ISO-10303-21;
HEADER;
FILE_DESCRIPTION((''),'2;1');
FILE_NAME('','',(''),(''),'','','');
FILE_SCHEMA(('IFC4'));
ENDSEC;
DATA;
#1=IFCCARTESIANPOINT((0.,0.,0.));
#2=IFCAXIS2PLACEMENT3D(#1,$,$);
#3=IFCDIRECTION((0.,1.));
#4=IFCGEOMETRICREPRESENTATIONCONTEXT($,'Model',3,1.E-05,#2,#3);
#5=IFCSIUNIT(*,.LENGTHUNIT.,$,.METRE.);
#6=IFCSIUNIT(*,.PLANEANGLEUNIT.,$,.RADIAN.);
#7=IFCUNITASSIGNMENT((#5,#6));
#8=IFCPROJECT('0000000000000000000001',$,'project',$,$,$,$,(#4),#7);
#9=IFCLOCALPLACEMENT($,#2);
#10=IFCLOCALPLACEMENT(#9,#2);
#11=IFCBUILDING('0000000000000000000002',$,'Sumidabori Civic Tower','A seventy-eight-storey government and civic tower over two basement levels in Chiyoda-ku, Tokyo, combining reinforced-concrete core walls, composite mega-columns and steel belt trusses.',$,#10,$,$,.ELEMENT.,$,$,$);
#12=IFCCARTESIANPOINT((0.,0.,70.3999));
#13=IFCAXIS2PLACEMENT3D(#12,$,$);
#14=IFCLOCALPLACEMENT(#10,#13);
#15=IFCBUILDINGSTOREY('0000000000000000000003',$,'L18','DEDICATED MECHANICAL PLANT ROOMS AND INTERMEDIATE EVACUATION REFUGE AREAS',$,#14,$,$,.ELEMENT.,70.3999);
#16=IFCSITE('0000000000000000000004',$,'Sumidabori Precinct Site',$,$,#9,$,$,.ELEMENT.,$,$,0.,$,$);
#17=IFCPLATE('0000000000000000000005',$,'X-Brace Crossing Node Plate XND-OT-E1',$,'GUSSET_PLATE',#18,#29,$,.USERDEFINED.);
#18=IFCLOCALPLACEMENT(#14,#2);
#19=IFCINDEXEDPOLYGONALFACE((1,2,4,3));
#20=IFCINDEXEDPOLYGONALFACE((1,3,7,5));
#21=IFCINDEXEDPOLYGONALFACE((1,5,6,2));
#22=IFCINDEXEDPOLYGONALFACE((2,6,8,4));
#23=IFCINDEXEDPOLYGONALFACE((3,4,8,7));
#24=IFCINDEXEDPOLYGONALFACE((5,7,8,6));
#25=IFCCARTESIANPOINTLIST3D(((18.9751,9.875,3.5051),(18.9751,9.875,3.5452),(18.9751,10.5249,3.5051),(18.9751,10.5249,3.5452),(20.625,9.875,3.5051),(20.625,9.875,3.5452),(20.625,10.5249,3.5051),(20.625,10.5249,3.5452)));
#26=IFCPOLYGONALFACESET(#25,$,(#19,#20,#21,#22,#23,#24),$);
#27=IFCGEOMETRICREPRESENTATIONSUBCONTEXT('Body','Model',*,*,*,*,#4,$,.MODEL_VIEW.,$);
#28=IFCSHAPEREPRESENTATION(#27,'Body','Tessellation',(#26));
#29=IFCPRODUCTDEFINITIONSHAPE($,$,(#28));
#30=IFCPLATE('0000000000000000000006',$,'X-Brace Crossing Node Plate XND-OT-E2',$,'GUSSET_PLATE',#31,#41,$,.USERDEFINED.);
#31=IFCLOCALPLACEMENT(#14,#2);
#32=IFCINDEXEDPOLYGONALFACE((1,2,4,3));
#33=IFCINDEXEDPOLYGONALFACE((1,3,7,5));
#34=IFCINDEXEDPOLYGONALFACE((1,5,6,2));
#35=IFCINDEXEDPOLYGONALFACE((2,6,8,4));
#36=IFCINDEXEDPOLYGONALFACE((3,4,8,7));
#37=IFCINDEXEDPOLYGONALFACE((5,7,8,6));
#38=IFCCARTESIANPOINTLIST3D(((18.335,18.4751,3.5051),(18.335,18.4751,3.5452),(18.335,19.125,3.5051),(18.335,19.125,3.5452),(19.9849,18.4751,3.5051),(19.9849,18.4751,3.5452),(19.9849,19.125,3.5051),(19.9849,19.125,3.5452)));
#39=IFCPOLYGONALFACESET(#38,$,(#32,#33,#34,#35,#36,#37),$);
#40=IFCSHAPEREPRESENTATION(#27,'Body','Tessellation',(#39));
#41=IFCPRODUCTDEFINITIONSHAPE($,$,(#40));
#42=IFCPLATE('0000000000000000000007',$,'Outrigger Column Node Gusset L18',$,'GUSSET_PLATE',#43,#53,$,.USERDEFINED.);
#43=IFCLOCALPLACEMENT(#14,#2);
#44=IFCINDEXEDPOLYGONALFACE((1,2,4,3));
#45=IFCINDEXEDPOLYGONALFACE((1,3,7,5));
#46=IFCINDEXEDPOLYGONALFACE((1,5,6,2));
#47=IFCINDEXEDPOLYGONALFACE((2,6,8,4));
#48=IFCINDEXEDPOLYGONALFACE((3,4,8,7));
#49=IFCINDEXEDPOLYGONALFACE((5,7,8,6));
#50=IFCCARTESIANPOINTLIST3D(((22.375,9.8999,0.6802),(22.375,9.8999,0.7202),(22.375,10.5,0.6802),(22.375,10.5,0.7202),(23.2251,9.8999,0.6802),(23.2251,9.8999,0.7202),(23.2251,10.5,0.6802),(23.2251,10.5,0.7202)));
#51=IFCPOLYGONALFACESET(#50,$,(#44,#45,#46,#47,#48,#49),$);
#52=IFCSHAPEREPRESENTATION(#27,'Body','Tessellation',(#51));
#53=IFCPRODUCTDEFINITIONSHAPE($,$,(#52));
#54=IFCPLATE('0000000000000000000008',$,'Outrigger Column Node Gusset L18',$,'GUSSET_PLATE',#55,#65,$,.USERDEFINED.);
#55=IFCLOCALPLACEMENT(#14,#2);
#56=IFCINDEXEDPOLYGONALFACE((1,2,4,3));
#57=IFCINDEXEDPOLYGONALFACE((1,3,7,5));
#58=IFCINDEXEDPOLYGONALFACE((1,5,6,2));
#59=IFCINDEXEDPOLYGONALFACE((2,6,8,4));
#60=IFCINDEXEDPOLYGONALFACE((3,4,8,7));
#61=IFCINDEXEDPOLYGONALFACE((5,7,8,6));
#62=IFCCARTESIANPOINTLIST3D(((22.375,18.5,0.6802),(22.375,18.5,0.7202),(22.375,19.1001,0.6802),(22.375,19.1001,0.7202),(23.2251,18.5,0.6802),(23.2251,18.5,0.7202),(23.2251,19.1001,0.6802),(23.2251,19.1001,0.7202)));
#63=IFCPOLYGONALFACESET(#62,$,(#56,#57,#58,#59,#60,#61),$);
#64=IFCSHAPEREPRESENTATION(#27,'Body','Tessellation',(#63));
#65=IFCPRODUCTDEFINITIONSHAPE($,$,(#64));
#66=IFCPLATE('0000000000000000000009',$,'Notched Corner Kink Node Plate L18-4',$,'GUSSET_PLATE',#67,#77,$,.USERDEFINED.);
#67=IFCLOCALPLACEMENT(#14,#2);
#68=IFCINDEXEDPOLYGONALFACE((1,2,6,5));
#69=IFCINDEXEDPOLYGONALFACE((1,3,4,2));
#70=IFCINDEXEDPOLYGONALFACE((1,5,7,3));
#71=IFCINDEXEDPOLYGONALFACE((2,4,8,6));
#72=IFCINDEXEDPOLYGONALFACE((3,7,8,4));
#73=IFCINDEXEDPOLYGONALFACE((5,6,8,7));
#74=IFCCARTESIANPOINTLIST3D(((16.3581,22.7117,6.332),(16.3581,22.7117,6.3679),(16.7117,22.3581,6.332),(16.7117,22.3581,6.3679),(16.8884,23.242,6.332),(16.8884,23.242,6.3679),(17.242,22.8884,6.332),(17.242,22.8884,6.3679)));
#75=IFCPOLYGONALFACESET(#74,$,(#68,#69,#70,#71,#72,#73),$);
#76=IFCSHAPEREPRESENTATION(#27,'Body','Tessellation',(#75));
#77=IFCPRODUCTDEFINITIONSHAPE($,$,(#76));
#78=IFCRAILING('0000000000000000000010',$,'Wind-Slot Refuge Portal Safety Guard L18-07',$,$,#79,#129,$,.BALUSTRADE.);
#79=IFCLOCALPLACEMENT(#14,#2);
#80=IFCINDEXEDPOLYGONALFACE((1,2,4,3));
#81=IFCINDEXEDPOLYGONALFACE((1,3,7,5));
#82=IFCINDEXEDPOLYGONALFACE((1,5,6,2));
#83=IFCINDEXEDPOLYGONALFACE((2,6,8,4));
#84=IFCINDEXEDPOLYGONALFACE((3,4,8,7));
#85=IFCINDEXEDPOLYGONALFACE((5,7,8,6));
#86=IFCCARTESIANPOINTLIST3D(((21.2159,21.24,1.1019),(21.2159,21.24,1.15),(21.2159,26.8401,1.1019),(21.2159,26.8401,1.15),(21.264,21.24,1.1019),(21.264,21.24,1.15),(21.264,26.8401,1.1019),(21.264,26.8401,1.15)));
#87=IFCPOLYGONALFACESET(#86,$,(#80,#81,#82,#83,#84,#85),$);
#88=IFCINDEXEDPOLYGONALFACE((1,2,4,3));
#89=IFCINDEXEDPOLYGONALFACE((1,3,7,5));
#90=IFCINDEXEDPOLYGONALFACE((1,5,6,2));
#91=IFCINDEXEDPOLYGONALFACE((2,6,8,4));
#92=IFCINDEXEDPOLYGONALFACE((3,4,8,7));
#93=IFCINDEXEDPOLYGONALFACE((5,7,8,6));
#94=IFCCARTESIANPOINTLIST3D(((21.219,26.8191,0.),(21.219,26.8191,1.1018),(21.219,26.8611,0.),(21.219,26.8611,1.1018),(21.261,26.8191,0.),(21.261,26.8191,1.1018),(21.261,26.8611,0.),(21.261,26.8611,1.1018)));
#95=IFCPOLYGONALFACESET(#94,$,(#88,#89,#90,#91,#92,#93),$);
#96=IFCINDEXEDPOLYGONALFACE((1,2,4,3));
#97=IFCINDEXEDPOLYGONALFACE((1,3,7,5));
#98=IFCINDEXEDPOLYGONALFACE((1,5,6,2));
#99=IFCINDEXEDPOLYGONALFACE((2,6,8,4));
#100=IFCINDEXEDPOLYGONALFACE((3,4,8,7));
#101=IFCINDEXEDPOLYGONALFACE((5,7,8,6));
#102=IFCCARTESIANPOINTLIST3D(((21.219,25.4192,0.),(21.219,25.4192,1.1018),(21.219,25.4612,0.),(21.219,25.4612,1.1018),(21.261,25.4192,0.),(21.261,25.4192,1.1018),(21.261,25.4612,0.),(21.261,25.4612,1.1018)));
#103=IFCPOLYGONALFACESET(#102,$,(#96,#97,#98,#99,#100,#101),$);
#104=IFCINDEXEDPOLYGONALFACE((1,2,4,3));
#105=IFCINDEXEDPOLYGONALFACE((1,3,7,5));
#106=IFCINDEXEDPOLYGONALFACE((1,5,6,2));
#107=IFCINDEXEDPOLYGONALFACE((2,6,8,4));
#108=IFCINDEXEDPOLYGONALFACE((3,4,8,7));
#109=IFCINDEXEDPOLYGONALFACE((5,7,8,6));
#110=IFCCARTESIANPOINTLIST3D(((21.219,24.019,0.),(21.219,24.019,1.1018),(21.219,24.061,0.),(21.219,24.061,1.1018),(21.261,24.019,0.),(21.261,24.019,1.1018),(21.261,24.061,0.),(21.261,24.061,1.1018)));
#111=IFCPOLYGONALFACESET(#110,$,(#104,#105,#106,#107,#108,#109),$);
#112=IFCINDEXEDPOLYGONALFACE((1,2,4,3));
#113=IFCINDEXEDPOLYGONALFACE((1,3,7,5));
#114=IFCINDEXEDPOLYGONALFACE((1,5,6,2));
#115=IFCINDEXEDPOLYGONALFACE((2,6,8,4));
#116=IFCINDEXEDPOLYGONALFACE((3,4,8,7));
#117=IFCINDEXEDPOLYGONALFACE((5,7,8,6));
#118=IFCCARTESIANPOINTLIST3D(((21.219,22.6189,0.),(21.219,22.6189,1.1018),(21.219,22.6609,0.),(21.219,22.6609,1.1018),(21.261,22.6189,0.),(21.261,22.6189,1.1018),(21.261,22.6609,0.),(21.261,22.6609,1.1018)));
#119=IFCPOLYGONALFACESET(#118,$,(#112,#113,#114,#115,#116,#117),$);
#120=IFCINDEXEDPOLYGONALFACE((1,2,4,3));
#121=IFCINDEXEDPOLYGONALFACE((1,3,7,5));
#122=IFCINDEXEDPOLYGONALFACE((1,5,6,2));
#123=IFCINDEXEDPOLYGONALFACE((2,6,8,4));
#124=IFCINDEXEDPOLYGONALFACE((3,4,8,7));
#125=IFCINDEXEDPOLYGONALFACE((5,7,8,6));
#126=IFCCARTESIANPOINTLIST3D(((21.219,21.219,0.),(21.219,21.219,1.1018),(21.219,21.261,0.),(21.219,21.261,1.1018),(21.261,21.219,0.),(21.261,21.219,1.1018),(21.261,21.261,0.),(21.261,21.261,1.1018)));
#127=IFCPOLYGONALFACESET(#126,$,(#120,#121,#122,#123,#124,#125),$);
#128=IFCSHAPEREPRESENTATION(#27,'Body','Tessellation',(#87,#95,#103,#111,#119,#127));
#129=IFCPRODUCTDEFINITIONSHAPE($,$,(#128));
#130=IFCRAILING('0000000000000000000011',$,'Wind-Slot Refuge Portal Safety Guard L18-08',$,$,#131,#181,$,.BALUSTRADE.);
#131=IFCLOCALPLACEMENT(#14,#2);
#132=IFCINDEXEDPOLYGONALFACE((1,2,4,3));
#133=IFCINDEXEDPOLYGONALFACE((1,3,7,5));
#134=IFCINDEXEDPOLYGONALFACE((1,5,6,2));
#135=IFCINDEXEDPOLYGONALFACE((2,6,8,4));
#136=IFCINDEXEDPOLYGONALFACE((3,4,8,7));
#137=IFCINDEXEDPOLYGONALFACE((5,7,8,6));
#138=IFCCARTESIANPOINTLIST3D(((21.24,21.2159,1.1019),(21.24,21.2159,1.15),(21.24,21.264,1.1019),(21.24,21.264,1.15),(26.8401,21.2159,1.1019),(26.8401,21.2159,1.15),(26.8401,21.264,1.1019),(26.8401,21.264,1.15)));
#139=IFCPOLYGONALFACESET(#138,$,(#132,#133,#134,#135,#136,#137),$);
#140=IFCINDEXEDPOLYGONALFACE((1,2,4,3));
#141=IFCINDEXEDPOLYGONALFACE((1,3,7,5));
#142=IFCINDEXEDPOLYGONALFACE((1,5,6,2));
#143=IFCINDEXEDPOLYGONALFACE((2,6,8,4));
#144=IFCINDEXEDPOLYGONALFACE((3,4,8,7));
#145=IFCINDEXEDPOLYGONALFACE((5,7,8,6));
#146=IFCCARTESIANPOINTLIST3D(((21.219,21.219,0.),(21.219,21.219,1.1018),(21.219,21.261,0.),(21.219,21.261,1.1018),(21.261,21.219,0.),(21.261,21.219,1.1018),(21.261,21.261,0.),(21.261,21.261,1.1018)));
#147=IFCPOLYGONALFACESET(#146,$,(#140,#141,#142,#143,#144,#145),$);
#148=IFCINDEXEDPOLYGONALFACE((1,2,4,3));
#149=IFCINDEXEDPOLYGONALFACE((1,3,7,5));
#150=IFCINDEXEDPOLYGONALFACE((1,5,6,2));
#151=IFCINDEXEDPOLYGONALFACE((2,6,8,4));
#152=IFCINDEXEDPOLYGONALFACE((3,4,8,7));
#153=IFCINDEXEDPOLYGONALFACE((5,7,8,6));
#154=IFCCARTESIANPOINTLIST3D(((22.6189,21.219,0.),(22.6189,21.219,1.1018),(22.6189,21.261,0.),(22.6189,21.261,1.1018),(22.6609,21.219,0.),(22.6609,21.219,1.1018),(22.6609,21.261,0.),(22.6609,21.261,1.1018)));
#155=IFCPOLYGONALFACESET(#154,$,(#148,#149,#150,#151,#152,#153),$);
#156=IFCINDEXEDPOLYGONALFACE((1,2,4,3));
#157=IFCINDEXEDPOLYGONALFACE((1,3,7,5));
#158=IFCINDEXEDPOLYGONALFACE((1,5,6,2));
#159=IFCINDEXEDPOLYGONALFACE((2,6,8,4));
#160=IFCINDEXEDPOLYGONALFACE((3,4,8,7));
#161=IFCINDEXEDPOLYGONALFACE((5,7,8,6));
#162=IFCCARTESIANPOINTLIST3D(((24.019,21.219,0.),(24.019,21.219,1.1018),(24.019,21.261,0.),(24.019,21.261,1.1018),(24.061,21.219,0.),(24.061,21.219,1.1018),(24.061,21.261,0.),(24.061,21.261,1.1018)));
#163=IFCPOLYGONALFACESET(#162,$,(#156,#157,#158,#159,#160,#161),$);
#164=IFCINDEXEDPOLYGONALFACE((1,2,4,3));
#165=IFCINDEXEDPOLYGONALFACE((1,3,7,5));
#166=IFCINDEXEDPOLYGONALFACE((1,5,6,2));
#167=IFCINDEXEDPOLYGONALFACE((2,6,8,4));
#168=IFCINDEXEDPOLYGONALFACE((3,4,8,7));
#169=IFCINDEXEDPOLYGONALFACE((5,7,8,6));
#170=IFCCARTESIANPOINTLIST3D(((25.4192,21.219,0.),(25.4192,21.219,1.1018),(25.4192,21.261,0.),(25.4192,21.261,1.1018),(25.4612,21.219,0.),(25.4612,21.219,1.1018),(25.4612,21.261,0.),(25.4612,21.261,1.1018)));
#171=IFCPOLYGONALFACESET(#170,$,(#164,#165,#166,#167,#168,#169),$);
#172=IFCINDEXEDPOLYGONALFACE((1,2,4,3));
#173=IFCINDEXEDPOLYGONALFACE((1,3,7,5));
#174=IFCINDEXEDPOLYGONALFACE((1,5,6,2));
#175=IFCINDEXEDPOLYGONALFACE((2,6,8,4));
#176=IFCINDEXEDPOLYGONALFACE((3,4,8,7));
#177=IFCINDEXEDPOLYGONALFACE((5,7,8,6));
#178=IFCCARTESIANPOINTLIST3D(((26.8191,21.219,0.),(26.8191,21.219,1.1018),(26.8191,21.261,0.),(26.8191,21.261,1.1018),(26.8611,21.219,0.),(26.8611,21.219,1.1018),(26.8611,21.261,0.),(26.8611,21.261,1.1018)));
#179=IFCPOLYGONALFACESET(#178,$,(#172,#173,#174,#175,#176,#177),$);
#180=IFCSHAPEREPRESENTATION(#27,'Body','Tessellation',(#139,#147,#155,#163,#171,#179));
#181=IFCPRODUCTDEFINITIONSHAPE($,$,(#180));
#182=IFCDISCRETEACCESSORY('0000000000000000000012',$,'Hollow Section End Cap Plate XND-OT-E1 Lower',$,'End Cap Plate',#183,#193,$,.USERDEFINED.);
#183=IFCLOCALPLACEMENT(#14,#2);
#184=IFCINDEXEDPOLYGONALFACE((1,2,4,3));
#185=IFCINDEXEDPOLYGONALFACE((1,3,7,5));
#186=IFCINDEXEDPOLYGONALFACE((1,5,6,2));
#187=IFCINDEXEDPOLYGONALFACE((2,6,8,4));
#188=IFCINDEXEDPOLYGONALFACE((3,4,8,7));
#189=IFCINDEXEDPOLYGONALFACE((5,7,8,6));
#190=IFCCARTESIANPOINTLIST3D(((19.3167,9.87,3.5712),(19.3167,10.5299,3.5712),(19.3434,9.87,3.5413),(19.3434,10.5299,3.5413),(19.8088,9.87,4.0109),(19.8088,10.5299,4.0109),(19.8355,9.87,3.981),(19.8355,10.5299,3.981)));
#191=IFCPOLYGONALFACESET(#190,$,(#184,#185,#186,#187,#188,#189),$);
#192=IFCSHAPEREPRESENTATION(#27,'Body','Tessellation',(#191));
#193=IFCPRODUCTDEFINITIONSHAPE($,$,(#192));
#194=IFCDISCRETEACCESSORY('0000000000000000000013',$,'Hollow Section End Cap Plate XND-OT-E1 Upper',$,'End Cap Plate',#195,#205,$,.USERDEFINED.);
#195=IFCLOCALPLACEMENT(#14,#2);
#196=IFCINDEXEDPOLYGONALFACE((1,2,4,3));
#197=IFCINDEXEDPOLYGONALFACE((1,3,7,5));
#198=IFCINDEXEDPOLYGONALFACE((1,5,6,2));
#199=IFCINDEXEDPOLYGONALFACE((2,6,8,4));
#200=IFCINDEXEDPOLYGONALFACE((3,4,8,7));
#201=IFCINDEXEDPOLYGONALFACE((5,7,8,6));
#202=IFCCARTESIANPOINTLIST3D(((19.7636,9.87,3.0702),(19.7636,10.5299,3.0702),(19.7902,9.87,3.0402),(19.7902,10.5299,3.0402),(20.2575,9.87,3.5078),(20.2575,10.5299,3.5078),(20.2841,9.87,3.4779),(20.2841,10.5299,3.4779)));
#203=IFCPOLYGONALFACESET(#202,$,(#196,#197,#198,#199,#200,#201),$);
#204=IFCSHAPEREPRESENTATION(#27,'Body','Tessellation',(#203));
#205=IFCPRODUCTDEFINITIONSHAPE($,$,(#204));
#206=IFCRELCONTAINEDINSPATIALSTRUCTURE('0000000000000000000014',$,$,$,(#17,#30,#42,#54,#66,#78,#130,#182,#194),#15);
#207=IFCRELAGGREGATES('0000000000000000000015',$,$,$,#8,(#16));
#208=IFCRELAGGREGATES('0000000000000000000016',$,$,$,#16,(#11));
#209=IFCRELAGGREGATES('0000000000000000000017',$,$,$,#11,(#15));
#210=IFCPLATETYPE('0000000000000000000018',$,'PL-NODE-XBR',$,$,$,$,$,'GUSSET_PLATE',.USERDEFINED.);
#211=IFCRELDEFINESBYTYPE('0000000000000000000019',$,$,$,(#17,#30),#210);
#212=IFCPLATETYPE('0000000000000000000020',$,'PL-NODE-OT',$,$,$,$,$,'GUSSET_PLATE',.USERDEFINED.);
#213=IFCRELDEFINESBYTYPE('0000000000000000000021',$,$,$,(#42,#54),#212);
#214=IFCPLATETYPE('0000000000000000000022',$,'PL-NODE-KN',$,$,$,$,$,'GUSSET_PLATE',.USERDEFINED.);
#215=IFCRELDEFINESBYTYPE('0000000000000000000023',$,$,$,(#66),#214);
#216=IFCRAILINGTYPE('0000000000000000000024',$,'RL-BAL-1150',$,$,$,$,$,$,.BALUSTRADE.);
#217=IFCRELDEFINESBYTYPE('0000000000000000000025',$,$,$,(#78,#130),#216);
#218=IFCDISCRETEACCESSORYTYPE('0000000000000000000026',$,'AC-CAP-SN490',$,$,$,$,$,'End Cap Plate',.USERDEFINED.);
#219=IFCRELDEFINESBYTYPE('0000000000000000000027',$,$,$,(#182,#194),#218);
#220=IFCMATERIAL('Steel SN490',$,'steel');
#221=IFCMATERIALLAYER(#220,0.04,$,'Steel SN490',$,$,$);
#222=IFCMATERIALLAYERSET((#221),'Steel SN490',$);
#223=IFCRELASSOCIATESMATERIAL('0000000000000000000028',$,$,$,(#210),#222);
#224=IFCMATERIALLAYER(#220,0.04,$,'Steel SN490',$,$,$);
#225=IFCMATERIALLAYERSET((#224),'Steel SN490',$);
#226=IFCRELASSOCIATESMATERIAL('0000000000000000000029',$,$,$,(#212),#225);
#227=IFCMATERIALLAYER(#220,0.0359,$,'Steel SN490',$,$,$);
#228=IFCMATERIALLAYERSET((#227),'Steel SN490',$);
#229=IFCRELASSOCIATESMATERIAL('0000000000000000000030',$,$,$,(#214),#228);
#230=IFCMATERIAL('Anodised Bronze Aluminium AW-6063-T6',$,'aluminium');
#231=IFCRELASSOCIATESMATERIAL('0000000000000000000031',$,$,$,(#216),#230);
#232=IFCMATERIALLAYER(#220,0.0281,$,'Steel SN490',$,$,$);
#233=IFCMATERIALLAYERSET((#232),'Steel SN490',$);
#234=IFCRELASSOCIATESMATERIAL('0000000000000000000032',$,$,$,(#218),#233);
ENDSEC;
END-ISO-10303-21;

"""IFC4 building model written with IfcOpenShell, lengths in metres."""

from ifc_helpers import new_model, si_unit, direction, frame, origin, origin_2d, place, context, subcontext, project, spatial, rectangle, extrude, source, transform, mapped, material, layer, layer_set, type_object, element, save


model = new_model("IFC4")

# Units and contexts
model_context = context("Model", 3, precision=1e-05, world=origin(), true_north=direction((0.0, 1.0)))
body_context = subcontext(model_context, "Body", "Model", "MODEL_VIEW")
ifc_project = project(units=[si_unit("LENGTHUNIT", "METRE"), si_unit("PLANEANGLEUNIT", "RADIAN")], contexts=[model_context])

# Site, building, storey
site_placement = place(None, origin())
site = spatial("IfcSite", under=ifc_project, at=site_placement, Name="Sumidabori Precinct Site", CompositionType="ELEMENT", RefElevation=0.0)
building_placement = place(site_placement, origin())
building = spatial("IfcBuilding", under=site, at=building_placement, Name="Sumidabori Civic Tower", Description="A seventy-eight-storey government and civic tower over two basement levels in Chiyoda-ku, Tokyo, combining reinforced-concrete core walls, composite mega-columns and steel belt trusses.", CompositionType="ELEMENT")
storey_placement = place(building_placement, frame((0.0, 0.0, 70.3999)))
storey = spatial("IfcBuildingStorey", under=building, at=storey_placement, Name="L18", Description="DEDICATED MECHANICAL PLANT ROOMS AND INTERMEDIATE EVACUATION REFUGE AREAS", CompositionType="ELEMENT", Elevation=70.3999)

# Shared definitions
ifc_material_1 = material(Name="Steel SN490", Category="steel")

# Plates
ifc_layer_1 = layer(ifc_material_1, 0.04, Name="Steel SN490")
ifc_layer_set_1 = layer_set([ifc_layer_1], Name="Steel SN490")
plate_type_1 = type_object("IfcPlateType", Name="PL-NODE-XBR", ElementType="GUSSET_PLATE", PredefinedType="USERDEFINED", material=ifc_layer_set_1)
shared_shape_1 = source(origin(), body_context, "Body", "SweptSolid", [
    extrude(rectangle(XDim=1.6499, YDim=0.6499, at=origin_2d()), origin(), (0.0, 0.0, 1.0), 0.04),
])
for number, where, z_axis, x_axis, name in (
    (1, (19.8, 10.2, 3.5051), (0.0, 0.0, 1.0), (1.0, 0.0, 0.0), "X-Brace Crossing Node Plate XND-OT-E1"),
    (2, (19.1599, 18.8, 3.5051), (0.0, 0.0, 1.0), (1.0, 0.0, 0.0), "X-Brace Crossing Node Plate XND-OT-E2"),
):
    element("IfcPlate", number, at=place(storey_placement, frame(where, z_axis=z_axis, x_axis=x_axis)), inside=storey, type_object=plate_type_1, Name=name, ObjectType="GUSSET_PLATE", PredefinedType="USERDEFINED", context=body_context, shape_type="MappedRepresentation", body=[
        mapped(shared_shape_1, transform((0.0, 0.0, 0.0), x_axis=(1.0, 0.0, 0.0), y_axis=(0.0, 1.0, 0.0), z_axis=(0.0, 0.0, 1.0), scale=1.0)),
    ])
ifc_layer_2 = layer(ifc_material_1, 0.04, Name="Steel SN490")
ifc_layer_set_2 = layer_set([ifc_layer_2], Name="Steel SN490")
plate_type_2 = type_object("IfcPlateType", Name="PL-NODE-OT", ElementType="GUSSET_PLATE", PredefinedType="USERDEFINED", material=ifc_layer_set_2)
shared_shape_2 = source(origin(), body_context, "Body", "SweptSolid", [
    extrude(rectangle(XDim=0.8501, YDim=0.6001, at=origin_2d()), origin(), (0.0, 0.0, 1.0), 0.04),
])
for number, where, z_axis, x_axis, name in (
    (3, (22.8, 10.2, 0.6802), (0.0, 0.0, 1.0), (1.0, 0.0, 0.0), "Outrigger Column Node Gusset L18"),
    (4, (22.8, 18.8, 0.6802), (0.0, 0.0, 1.0), (1.0, 0.0, 0.0), "Outrigger Column Node Gusset L18"),
):
    element("IfcPlate", number, at=place(storey_placement, frame(where, z_axis=z_axis, x_axis=x_axis)), inside=storey, type_object=plate_type_2, Name=name, ObjectType="GUSSET_PLATE", PredefinedType="USERDEFINED", context=body_context, shape_type="MappedRepresentation", body=[
        mapped(shared_shape_2, transform((0.0, 0.0, 0.0), x_axis=(1.0, 0.0, 0.0), y_axis=(0.0, 1.0, 0.0), z_axis=(0.0, 0.0, 1.0), scale=1.0)),
    ])
ifc_layer_3 = layer(ifc_material_1, 0.0359, Name="Steel SN490")
ifc_layer_set_3 = layer_set([ifc_layer_3], Name="Steel SN490")
plate_type_3 = type_object("IfcPlateType", Name="PL-NODE-KN", ElementType="GUSSET_PLATE", PredefinedType="USERDEFINED", material=ifc_layer_set_3)
shared_shape_3 = source(origin(), body_context, "Body", "SweptSolid", [
    extrude(rectangle(XDim=0.75, YDim=0.5, at=origin_2d()), origin(), (0.0, 0.0, 1.0), 0.0359),
])
plate_placement = place(storey_placement, frame((16.8, 22.8, 6.332), z_axis=(0.0, 0.0, 1.0), x_axis=(0.707107, 0.707107, 0.0)))
element("IfcPlate", 5, at=plate_placement, inside=storey, type_object=plate_type_3, Name="Notched Corner Kink Node Plate L18-4", ObjectType="GUSSET_PLATE", PredefinedType="USERDEFINED", context=body_context, shape_type="MappedRepresentation", body=[
    mapped(shared_shape_3, transform((0.0, 0.0, 0.0), x_axis=(1.0, 0.0, 0.0), y_axis=(0.0, 1.0, 0.0), z_axis=(0.0, 0.0, 1.0), scale=1.0)),
])

# Railings
ifc_material_2 = material(Name="Anodised Bronze Aluminium AW-6063-T6", Category="aluminium")
railing_type = type_object("IfcRailingType", Name="RL-BAL-1150", PredefinedType="BALUSTRADE", material=ifc_material_2)
railing_1_placement = place(storey_placement, frame((21.24, 26.8401, 0.0)))
element("IfcRailing", 6, at=railing_1_placement, inside=storey, type_object=railing_type, Name="Wind-Slot Refuge Portal Safety Guard L18-07", PredefinedType="BALUSTRADE", context=body_context, shape_type="SweptSolid", body=[
    extrude(rectangle(XDim=0.0481, YDim=0.0481, at=origin_2d()), frame((0.0, 0.0, 1.126), z_axis=(0.0, -1.0, 0.0), x_axis=(1.0, 0.0, 0.0)), (0.0, 0.0, 1.0), 5.6001),
    extrude(rectangle(XDim=0.042, YDim=0.042, at=origin_2d()), origin(), (0.0, 0.0, 1.0), 1.1018),
    extrude(rectangle(XDim=0.042, YDim=0.042, at=origin_2d()), frame((0.0, -1.3999, 0.0)), (0.0, 0.0, 1.0), 1.1018),
    extrude(rectangle(XDim=0.042, YDim=0.042, at=origin_2d()), frame((0.0, -2.8, 0.0)), (0.0, 0.0, 1.0), 1.1018),
    extrude(rectangle(XDim=0.042, YDim=0.042, at=origin_2d()), frame((0.0, -4.2002, 0.0)), (0.0, 0.0, 1.0), 1.1018),
    extrude(rectangle(XDim=0.042, YDim=0.042, at=origin_2d()), frame((0.0, -5.6001, 0.0)), (0.0, 0.0, 1.0), 1.1018),
])
railing_2_placement = place(storey_placement, frame((21.24, 21.24, 0.0)))
element("IfcRailing", 7, at=railing_2_placement, inside=storey, type_object=railing_type, Name="Wind-Slot Refuge Portal Safety Guard L18-08", PredefinedType="BALUSTRADE", context=body_context, shape_type="SweptSolid", body=[
    extrude(rectangle(XDim=0.0481, YDim=0.0481, at=origin_2d()), frame((0.0, 0.0, 1.126), z_axis=(1.0, 0.0, 0.0), x_axis=(0.0, 1.0, 0.0)), (0.0, 0.0, 1.0), 5.6001),
    extrude(rectangle(XDim=0.042, YDim=0.042, at=origin_2d()), origin(), (0.0, 0.0, 1.0), 1.1018),
    extrude(rectangle(XDim=0.042, YDim=0.042, at=origin_2d()), frame((1.3999, 0.0, 0.0)), (0.0, 0.0, 1.0), 1.1018),
    extrude(rectangle(XDim=0.042, YDim=0.042, at=origin_2d()), frame((2.8, 0.0, 0.0)), (0.0, 0.0, 1.0), 1.1018),
    extrude(rectangle(XDim=0.042, YDim=0.042, at=origin_2d()), frame((4.2002, 0.0, 0.0)), (0.0, 0.0, 1.0), 1.1018),
    extrude(rectangle(XDim=0.042, YDim=0.042, at=origin_2d()), frame((5.6001, 0.0, 0.0)), (0.0, 0.0, 1.0), 1.1018),
])

# Discrete accessories
ifc_layer_4 = layer(ifc_material_1, 0.0281, Name="Steel SN490")
ifc_layer_set_4 = layer_set([ifc_layer_4], Name="Steel SN490")
discrete_accessory_type_1 = type_object("IfcDiscreteAccessoryType", Name="AC-CAP-SN490", ElementType="End Cap Plate", PredefinedType="USERDEFINED", material=ifc_layer_set_4)
shared_shape_4 = source(origin(), body_context, "Body", "SweptSolid", [
    extrude(rectangle(XDim=0.6599, YDim=0.6599, at=origin_2d()), origin(), (0.0, 0.0, 1.0), 0.04),
])
for number, where, z_axis, x_axis, name in (
    (8, (19.5627, 10.2, 3.791), (0.666259, 0.0, -0.745721), (0.0, 1.0, 0.0), "Hollow Section End Cap Plate XND-OT-E1 Lower"),
    (9, (20.0371, 10.2, 3.259), (-0.66323, 0.0, 0.748416), (0.0, -1.0, 0.0), "Hollow Section End Cap Plate XND-OT-E1 Upper"),
):
    element("IfcDiscreteAccessory", number, at=place(storey_placement, frame(where, z_axis=z_axis, x_axis=x_axis)), inside=storey, type_object=discrete_accessory_type_1, Name=name, ObjectType="End Cap Plate", PredefinedType="USERDEFINED", context=body_context, shape_type="MappedRepresentation", body=[
        mapped(shared_shape_4, transform((0.0, 0.0, 0.0), x_axis=(1.0, 0.0, 0.0), y_axis=(0.0, 1.0, 0.0), z_axis=(0.0, 0.0, 1.0), scale=1.0)),
    ])

save(model, "model.ifc")
